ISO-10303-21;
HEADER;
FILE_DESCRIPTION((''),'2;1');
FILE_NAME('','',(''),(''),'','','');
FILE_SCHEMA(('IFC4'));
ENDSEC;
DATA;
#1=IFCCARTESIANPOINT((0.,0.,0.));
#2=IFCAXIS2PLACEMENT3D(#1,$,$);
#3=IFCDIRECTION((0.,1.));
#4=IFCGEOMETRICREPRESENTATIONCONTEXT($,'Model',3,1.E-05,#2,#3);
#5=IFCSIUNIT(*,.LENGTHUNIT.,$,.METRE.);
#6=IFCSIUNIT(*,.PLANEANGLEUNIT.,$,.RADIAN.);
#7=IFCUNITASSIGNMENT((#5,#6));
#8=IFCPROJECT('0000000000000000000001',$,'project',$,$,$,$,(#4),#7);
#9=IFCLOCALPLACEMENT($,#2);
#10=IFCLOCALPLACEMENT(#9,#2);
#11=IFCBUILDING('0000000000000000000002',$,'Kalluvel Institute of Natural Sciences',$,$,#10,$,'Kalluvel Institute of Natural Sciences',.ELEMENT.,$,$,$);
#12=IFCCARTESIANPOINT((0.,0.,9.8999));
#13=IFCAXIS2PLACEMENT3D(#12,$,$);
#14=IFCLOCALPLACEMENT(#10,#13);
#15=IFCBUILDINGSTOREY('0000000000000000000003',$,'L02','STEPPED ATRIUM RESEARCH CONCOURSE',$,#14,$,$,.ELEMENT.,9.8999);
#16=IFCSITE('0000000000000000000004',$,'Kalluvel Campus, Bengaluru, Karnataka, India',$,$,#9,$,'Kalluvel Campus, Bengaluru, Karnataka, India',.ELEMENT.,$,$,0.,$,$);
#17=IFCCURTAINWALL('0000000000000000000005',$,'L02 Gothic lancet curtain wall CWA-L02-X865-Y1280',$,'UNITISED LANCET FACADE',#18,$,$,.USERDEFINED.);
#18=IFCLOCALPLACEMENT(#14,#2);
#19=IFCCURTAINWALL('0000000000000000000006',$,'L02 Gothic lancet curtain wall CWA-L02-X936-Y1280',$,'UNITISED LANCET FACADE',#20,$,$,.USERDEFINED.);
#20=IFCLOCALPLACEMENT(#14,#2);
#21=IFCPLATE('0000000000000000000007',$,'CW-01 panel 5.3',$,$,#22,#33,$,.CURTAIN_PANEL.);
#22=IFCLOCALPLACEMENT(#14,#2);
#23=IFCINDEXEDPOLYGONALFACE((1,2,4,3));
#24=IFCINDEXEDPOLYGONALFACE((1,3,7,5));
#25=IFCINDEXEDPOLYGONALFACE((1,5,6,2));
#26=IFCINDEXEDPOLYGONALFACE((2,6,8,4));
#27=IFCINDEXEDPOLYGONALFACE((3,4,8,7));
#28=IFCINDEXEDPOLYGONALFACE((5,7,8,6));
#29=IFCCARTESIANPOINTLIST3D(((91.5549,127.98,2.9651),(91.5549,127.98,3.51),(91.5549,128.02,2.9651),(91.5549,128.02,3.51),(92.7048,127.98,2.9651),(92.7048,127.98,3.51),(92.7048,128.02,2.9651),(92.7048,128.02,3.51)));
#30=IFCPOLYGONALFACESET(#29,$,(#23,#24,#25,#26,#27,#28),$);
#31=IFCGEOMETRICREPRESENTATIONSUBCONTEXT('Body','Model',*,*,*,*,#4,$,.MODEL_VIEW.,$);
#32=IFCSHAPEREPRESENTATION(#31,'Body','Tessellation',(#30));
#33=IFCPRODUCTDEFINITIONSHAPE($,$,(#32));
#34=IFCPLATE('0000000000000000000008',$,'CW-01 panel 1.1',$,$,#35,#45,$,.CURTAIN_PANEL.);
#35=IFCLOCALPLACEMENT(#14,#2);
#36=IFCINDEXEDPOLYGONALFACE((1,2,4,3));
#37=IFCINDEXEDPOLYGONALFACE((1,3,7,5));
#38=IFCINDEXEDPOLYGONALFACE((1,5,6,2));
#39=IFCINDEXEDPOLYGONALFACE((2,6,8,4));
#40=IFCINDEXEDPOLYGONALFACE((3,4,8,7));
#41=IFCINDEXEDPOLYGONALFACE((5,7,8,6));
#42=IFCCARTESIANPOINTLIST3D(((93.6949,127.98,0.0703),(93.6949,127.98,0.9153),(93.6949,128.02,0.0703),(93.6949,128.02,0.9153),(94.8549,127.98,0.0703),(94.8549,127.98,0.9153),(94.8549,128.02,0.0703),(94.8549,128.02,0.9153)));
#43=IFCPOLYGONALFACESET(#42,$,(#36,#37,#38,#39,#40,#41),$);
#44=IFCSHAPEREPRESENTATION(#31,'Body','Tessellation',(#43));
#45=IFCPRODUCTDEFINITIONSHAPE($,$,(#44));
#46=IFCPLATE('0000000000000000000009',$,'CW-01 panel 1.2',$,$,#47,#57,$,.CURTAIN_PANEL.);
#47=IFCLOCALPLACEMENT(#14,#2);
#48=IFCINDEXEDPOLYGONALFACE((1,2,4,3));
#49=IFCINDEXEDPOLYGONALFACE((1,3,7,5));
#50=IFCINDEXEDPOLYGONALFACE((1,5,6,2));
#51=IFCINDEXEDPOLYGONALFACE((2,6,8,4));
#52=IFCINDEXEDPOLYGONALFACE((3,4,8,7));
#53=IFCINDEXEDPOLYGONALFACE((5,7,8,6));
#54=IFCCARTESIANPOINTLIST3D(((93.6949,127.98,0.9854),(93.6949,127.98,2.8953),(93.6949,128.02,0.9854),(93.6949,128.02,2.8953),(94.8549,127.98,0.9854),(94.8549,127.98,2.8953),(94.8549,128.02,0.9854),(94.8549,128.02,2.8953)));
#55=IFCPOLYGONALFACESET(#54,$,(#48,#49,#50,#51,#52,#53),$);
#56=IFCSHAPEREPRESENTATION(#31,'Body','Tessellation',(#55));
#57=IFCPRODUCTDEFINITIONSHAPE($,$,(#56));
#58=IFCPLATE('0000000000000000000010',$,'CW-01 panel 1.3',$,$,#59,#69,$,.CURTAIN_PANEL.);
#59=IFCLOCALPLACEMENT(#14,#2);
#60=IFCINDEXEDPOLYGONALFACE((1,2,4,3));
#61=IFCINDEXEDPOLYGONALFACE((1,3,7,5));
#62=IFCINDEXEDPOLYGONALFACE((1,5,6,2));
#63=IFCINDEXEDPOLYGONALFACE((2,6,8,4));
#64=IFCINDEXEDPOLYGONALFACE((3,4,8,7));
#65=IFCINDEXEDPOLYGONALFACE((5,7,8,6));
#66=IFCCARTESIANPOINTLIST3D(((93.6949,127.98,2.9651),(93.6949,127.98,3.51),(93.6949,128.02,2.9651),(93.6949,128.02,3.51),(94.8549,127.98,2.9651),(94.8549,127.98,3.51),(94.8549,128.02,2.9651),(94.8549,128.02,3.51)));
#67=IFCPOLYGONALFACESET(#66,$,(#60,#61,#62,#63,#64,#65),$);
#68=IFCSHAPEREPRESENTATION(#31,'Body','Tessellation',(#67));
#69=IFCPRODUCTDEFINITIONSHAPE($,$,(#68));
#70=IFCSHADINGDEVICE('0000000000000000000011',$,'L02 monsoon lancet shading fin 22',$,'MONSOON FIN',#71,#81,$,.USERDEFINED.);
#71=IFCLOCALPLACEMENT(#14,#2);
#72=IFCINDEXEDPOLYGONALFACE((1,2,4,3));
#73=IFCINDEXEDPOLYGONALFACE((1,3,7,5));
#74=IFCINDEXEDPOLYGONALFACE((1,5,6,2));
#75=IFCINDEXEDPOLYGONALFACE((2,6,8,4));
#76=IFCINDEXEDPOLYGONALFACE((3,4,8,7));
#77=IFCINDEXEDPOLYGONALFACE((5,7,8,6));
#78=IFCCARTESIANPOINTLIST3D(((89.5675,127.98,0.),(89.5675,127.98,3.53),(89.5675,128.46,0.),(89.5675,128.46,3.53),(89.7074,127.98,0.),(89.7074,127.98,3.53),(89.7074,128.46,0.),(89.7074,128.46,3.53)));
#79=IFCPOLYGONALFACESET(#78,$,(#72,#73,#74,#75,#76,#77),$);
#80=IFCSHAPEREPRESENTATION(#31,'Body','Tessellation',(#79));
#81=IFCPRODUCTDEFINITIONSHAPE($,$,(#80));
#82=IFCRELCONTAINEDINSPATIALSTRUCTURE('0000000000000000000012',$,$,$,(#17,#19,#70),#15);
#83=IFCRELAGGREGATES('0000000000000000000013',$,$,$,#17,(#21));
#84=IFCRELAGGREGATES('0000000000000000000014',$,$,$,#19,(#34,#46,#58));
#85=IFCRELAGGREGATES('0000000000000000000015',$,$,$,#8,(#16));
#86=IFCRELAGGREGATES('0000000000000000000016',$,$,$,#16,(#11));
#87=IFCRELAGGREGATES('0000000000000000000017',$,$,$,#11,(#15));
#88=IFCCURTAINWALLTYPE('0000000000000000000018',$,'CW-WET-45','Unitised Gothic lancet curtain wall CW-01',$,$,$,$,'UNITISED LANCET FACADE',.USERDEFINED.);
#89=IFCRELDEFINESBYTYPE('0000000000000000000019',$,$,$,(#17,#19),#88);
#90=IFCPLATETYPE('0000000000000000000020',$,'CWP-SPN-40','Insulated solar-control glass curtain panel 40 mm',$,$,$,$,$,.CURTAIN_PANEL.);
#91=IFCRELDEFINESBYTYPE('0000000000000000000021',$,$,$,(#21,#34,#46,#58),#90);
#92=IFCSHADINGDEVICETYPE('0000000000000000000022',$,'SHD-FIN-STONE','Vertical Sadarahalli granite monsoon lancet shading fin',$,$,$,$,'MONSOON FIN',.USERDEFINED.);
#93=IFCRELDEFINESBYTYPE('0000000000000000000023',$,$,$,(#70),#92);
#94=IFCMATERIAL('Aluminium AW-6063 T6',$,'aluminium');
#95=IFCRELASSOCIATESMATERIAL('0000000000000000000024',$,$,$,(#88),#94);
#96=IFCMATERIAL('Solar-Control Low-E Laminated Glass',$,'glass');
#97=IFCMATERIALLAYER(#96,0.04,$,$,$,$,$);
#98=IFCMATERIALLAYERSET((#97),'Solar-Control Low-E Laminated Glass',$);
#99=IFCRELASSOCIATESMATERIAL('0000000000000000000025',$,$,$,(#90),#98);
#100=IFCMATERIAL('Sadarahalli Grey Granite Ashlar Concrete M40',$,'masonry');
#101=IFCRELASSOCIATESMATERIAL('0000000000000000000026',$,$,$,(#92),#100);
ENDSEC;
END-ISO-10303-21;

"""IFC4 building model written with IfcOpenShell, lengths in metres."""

from ifc_helpers import new_model, si_unit, direction, frame, origin, origin_2d, place, context, subcontext, project, spatial, rectangle, extrude, material, layer, layer_set, type_object, element, aggregate, save


model = new_model("IFC4")

# Units and contexts
model_context = context("Model", 3, precision=1e-05, world=origin(), true_north=direction((0.0, 1.0)))
body_context = subcontext(model_context, "Body", "Model", "MODEL_VIEW")
ifc_project = project(units=[si_unit("LENGTHUNIT", "METRE"), si_unit("PLANEANGLEUNIT", "RADIAN")], contexts=[model_context])

# Site, building, storey
site_placement = place(None, origin())
site = spatial("IfcSite", under=ifc_project, at=site_placement, Name="Kalluvel Campus, Bengaluru, Karnataka, India", LongName="Kalluvel Campus, Bengaluru, Karnataka, India", CompositionType="ELEMENT", RefElevation=0.0)
building_placement = place(site_placement, origin())
building = spatial("IfcBuilding", under=site, at=building_placement, Name="Kalluvel Institute of Natural Sciences", LongName="Kalluvel Institute of Natural Sciences", CompositionType="ELEMENT")
storey_placement = place(building_placement, frame((0.0, 0.0, 9.8999)))
storey = spatial("IfcBuildingStorey", under=building, at=storey_placement, Name="L02", Description="STEPPED ATRIUM RESEARCH CONCOURSE", CompositionType="ELEMENT", Elevation=9.8999)

# Curtain walls
ifc_material_1 = material(Name="Aluminium AW-6063 T6", Category="aluminium")
curtain_wall_type = type_object("IfcCurtainWallType", Name="CW-WET-45", Description="Unitised Gothic lancet curtain wall CW-01", ElementType="UNITISED LANCET FACADE", PredefinedType="USERDEFINED", material=ifc_material_1)
curtain_wall_1_placement = place(storey_placement, origin())
curtain_wall_1 = element("IfcCurtainWall", 1, at=curtain_wall_1_placement, inside=storey, type_object=curtain_wall_type, Name="L02 Gothic lancet curtain wall CWA-L02-X865-Y1280", ObjectType="UNITISED LANCET FACADE", PredefinedType="USERDEFINED")
curtain_wall_2_placement = place(storey_placement, origin())
curtain_wall_2 = element("IfcCurtainWall", 2, at=curtain_wall_2_placement, inside=storey, type_object=curtain_wall_type, Name="L02 Gothic lancet curtain wall CWA-L02-X936-Y1280", ObjectType="UNITISED LANCET FACADE", PredefinedType="USERDEFINED")

# Plates
ifc_material_2 = material(Name="Solar-Control Low-E Laminated Glass", Category="glass")
ifc_layer = layer(ifc_material_2, 0.04)
ifc_layer_set = layer_set([ifc_layer], Name="Solar-Control Low-E Laminated Glass")
plate_type = type_object("IfcPlateType", Name="CWP-SPN-40", Description="Insulated solar-control glass curtain panel 40 mm", PredefinedType="CURTAIN_PANEL", material=ifc_layer_set)
plate_1_placement = place(storey_placement, frame((92.1299, 128.0, 2.9651), z_axis=(0.0, 0.0, 1.0), x_axis=(1.0, 0.0, 0.0)))
plate_1 = element("IfcPlate", 3, at=plate_1_placement, type_object=plate_type, Name="CW-01 panel 5.3", PredefinedType="CURTAIN_PANEL", context=body_context, shape_type="SweptSolid", body=[
    extrude(rectangle(XDim=1.1499, YDim=0.04, at=origin_2d()), origin(), (0.0, 0.0, 1.0), 0.5449),
])
aggregate(curtain_wall_1, [plate_1])
plate_2_placement = place(storey_placement, frame((94.2749, 128.0, 0.0703), z_axis=(0.0, 0.0, 1.0), x_axis=(1.0, 0.0, 0.0)))
plate_2 = element("IfcPlate", 4, at=plate_2_placement, type_object=plate_type, Name="CW-01 panel 1.1", PredefinedType="CURTAIN_PANEL", context=body_context, shape_type="SweptSolid", body=[
    extrude(rectangle(XDim=1.1599, YDim=0.04, at=origin_2d()), origin(), (0.0, 0.0, 1.0), 0.845),
])
plate_3_placement = place(storey_placement, frame((94.2749, 128.0, 0.9854), z_axis=(0.0, 0.0, 1.0), x_axis=(1.0, 0.0, 0.0)))
plate_3 = element("IfcPlate", 5, at=plate_3_placement, type_object=plate_type, Name="CW-01 panel 1.2", PredefinedType="CURTAIN_PANEL", context=body_context, shape_type="SweptSolid", body=[
    extrude(rectangle(XDim=1.1599, YDim=0.04, at=origin_2d()), origin(), (0.0, 0.0, 1.0), 1.9099),
])
plate_4_placement = place(storey_placement, frame((94.2749, 128.0, 2.9651), z_axis=(0.0, 0.0, 1.0), x_axis=(1.0, 0.0, 0.0)))
plate_4 = element("IfcPlate", 6, at=plate_4_placement, type_object=plate_type, Name="CW-01 panel 1.3", PredefinedType="CURTAIN_PANEL", context=body_context, shape_type="SweptSolid", body=[
    extrude(rectangle(XDim=1.1599, YDim=0.04, at=origin_2d()), origin(), (0.0, 0.0, 1.0), 0.5449),
])
aggregate(curtain_wall_2, [plate_2, plate_3, plate_4])

# Shading device
ifc_material_3 = material(Name="Sadarahalli Grey Granite Ashlar Concrete M40", Category="masonry")
shading_device_type = type_object("IfcShadingDeviceType", Name="SHD-FIN-STONE", Description="Vertical Sadarahalli granite monsoon lancet shading fin", ElementType="MONSOON FIN", PredefinedType="USERDEFINED", material=ifc_material_3)
shading_device_placement = place(storey_placement, frame((89.6375, 128.22, 0.0), z_axis=(0.0, 0.0, 1.0), x_axis=(1.0, 0.0, 0.0)))
element("IfcShadingDevice", 7, at=shading_device_placement, inside=storey, type_object=shading_device_type, Name="L02 monsoon lancet shading fin 22", ObjectType="MONSOON FIN", PredefinedType="USERDEFINED", context=body_context, shape_type="SweptSolid", body=[
    extrude(rectangle(XDim=0.1399, YDim=0.48, at=origin_2d()), origin(), (0.0, 0.0, 1.0), 3.53),
])

save(model, "model.ifc")
